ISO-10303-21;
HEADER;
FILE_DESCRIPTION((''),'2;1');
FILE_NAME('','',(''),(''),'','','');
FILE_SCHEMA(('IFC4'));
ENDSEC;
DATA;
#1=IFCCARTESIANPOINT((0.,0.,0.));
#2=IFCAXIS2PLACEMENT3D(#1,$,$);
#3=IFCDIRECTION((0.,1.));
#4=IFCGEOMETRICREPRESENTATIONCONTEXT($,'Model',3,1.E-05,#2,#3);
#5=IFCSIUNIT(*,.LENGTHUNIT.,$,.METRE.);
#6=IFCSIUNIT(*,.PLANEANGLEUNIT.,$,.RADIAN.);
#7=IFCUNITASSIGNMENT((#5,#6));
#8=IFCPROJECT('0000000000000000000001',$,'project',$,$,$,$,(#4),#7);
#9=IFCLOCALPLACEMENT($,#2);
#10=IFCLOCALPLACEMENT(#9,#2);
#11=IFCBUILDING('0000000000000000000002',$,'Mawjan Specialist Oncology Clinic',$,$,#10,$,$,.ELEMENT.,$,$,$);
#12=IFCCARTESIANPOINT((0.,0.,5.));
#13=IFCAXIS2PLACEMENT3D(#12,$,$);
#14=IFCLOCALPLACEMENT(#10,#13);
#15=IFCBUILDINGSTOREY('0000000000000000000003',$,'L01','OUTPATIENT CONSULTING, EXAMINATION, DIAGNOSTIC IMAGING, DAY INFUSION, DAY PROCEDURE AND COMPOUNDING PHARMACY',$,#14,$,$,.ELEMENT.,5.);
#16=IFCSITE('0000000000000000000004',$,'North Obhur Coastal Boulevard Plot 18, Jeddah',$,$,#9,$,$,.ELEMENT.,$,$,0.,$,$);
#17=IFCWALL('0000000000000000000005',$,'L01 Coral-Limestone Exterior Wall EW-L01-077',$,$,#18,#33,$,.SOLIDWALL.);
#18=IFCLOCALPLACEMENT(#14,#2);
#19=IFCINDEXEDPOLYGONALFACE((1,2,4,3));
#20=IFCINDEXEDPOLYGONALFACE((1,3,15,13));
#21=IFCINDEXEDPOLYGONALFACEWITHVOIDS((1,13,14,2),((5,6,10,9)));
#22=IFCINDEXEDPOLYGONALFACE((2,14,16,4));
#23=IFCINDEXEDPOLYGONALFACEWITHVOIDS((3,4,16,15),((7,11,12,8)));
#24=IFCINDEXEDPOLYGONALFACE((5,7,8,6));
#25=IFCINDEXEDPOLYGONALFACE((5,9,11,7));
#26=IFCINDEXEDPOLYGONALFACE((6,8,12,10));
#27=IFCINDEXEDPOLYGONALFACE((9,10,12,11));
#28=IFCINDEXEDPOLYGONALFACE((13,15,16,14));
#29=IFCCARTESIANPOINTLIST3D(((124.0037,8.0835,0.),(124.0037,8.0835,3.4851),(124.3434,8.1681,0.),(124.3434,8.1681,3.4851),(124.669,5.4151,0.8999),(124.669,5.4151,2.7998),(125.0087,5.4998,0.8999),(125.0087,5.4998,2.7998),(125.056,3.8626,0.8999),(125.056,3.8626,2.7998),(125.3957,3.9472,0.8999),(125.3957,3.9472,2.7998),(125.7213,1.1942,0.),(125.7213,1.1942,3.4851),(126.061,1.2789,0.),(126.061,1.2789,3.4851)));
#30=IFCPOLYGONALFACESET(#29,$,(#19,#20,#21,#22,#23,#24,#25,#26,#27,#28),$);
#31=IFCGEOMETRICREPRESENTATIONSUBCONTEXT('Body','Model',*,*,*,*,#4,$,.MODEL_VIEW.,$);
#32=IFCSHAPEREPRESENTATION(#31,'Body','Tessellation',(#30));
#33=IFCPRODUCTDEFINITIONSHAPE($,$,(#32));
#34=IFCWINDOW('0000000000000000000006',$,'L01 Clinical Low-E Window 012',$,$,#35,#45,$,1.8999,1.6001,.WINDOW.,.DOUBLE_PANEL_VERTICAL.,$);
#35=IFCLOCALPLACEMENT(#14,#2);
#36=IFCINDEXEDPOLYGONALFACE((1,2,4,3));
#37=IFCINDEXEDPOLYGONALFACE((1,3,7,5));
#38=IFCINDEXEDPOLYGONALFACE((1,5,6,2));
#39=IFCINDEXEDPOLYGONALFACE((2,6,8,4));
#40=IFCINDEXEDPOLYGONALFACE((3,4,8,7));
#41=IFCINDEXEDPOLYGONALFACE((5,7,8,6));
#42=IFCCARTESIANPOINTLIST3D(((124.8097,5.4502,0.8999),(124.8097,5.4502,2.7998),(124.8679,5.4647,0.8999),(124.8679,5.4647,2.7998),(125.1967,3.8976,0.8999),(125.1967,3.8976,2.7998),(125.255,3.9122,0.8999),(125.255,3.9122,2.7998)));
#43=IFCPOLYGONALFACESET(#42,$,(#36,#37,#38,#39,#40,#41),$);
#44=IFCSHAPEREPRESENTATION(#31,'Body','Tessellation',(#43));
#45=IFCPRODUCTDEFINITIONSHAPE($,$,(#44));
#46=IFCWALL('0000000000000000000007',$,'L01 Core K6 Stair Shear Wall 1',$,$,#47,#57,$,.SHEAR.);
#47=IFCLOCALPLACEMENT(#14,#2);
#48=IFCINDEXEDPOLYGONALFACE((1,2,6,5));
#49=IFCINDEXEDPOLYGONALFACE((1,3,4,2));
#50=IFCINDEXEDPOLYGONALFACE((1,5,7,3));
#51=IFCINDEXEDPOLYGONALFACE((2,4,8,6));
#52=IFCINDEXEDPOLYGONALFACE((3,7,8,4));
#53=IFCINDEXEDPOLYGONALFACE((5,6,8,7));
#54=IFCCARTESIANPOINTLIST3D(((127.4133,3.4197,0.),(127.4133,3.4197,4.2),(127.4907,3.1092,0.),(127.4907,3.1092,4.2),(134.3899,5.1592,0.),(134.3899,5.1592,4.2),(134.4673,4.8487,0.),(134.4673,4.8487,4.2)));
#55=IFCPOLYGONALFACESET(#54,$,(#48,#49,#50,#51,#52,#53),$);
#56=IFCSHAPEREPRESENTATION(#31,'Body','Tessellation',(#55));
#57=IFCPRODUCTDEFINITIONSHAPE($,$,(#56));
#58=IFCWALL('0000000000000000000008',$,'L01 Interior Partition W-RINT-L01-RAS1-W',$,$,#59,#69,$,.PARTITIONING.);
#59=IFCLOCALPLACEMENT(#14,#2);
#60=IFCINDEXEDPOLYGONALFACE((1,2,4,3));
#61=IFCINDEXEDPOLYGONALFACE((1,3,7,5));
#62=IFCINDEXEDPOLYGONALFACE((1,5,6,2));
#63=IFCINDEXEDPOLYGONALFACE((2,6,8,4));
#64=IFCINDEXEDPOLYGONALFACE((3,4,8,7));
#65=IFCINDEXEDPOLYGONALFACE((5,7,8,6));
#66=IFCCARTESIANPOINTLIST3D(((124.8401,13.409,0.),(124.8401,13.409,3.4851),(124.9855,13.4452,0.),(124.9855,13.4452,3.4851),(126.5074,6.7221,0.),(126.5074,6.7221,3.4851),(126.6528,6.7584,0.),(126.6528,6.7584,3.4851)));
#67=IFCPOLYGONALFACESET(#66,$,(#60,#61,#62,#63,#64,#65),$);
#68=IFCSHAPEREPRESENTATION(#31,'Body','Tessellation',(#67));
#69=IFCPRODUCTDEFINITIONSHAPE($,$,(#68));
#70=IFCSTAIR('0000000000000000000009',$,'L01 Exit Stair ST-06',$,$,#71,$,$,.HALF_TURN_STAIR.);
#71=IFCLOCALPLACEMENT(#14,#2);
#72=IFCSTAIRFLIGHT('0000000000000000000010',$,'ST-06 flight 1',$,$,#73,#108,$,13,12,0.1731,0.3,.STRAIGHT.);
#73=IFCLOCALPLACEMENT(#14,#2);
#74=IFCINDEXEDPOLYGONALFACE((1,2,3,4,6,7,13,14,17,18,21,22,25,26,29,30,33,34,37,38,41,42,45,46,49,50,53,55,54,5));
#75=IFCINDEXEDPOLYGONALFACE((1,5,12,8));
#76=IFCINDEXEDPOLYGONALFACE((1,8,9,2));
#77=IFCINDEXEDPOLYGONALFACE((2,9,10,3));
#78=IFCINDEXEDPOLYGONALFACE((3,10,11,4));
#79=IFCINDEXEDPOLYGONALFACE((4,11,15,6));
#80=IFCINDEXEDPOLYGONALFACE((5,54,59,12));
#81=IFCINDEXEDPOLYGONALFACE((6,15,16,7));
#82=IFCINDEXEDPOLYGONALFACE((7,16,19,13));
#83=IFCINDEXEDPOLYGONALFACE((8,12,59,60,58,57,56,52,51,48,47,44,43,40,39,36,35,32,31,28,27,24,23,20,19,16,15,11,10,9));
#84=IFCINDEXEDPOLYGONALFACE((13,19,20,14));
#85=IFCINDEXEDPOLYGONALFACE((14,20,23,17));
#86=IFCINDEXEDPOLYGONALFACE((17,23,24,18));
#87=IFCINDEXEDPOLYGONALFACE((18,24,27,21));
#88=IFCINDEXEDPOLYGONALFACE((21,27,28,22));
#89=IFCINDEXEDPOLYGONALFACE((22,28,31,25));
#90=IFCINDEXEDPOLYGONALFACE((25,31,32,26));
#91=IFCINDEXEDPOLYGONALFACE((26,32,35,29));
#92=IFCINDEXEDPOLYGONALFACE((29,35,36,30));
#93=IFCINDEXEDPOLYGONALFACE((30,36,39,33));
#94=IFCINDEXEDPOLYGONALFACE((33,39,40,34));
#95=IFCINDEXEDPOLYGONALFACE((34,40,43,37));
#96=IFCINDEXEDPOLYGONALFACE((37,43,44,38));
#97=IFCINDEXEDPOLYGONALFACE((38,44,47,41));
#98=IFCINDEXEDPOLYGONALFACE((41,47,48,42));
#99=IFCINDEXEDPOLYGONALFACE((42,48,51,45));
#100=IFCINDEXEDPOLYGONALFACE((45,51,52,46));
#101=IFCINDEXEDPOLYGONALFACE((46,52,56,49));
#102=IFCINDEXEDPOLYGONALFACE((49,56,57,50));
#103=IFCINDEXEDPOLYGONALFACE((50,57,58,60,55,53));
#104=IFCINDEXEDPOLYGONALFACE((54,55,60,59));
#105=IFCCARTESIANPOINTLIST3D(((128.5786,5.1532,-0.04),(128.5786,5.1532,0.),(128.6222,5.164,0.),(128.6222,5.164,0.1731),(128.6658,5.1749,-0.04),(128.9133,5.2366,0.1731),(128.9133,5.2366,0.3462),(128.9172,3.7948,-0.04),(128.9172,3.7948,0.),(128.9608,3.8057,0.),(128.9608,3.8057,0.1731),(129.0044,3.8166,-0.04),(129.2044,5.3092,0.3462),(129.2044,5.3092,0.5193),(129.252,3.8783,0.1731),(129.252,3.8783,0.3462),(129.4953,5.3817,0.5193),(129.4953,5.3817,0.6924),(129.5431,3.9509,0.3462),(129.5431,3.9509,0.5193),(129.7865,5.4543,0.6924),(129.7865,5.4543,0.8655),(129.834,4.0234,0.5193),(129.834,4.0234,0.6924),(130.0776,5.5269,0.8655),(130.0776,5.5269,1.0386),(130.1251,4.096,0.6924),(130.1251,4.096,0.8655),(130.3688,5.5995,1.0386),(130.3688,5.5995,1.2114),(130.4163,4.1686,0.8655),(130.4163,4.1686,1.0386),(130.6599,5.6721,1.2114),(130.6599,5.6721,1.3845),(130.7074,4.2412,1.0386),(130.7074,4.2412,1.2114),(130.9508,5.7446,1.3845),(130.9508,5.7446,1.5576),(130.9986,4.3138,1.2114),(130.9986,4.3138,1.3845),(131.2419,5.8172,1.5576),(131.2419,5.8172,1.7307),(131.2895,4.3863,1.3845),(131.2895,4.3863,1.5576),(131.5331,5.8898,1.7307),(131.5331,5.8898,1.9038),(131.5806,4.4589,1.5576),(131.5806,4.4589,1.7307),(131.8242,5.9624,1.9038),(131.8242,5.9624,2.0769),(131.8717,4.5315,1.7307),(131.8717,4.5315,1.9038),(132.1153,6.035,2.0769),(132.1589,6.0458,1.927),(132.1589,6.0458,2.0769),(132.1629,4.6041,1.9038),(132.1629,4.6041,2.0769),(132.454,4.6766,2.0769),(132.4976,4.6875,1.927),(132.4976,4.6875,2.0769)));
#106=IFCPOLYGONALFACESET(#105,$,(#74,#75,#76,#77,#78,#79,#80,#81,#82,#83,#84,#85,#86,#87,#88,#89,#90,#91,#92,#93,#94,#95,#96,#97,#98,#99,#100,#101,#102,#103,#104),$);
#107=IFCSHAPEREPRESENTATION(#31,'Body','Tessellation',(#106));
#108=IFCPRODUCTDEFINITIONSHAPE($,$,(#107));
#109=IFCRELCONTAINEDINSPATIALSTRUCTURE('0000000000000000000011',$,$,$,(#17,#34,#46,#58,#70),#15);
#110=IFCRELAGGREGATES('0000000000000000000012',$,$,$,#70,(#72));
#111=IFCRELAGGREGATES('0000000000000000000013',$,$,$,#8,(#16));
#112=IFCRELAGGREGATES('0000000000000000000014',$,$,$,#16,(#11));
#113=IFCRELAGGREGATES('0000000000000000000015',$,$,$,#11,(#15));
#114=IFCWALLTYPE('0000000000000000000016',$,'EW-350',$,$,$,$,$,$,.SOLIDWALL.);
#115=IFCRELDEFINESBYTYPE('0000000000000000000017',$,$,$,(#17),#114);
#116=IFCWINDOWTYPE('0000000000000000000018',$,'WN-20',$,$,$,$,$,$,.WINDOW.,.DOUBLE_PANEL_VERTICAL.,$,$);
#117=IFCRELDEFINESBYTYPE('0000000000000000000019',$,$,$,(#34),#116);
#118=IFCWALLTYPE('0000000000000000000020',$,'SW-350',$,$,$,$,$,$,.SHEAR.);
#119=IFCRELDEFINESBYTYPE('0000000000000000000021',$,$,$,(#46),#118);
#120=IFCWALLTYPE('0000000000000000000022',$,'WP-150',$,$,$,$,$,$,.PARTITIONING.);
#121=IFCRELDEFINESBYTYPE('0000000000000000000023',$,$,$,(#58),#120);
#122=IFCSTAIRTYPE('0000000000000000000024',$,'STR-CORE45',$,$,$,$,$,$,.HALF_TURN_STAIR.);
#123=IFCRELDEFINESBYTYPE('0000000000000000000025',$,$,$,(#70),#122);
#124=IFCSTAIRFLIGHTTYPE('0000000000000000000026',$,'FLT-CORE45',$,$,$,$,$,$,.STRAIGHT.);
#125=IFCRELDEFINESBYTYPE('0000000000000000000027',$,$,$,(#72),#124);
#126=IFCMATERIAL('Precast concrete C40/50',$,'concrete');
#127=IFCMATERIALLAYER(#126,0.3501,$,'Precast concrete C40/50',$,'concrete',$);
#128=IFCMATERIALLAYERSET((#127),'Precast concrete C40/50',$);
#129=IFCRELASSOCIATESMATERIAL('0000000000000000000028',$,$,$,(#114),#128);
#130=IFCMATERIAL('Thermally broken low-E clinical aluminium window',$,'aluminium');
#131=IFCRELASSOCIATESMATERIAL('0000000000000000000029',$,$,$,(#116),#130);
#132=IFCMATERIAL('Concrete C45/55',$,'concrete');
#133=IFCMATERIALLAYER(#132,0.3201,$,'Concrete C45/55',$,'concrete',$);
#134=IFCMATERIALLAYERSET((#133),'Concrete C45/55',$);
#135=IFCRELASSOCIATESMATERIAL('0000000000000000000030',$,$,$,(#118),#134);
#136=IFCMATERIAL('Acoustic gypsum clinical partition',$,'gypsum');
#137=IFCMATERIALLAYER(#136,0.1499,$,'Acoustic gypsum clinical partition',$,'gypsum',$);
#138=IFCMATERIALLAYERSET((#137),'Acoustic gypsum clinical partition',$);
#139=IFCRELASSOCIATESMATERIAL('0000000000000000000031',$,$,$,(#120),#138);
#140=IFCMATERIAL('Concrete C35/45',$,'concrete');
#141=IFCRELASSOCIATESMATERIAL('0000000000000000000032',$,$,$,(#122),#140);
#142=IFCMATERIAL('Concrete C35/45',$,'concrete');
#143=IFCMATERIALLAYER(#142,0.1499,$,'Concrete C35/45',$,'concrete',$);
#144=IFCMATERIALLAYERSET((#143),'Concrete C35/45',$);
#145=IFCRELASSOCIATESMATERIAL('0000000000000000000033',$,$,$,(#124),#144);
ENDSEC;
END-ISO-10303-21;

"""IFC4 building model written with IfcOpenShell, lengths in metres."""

from ifc_helpers import new_model, si_unit, direction, frame, frame_2d, origin, place, context, subcontext, project, spatial, polyline, rectangle, outline, extrude, material, layer, layer_set, type_object, element, fill, aggregate, save


model = new_model("IFC4")

# Units and contexts
model_context = context("Model", 3, precision=1e-05, world=origin(), true_north=direction((0.0, 1.0)))
body_context = subcontext(model_context, "Body", "Model", "MODEL_VIEW")
ifc_project = project(units=[si_unit("LENGTHUNIT", "METRE"), si_unit("PLANEANGLEUNIT", "RADIAN")], contexts=[model_context])

# Site, building, storey
site_placement = place(None, origin())
site = spatial("IfcSite", under=ifc_project, at=site_placement, Name="North Obhur Coastal Boulevard Plot 18, Jeddah", CompositionType="ELEMENT", RefElevation=0.0)
building_placement = place(site_placement, origin())
building = spatial("IfcBuilding", under=site, at=building_placement, Name="Mawjan Specialist Oncology Clinic", CompositionType="ELEMENT")
storey_placement = place(building_placement, frame((0.0, 0.0, 5.0)))
storey = spatial("IfcBuildingStorey", under=building, at=storey_placement, Name="L01", Description="OUTPATIENT CONSULTING, EXAMINATION, DIAGNOSTIC IMAGING, DAY INFUSION, DAY PROCEDURE AND COMPOUNDING PHARMACY", CompositionType="ELEMENT", Elevation=5.0)

# Wall, opening, window
ifc_material_1 = material(Name="Precast concrete C40/50", Category="concrete")
ifc_layer_1 = layer(ifc_material_1, 0.3501, Name="Precast concrete C40/50", Category="concrete")
ifc_layer_set_1 = layer_set([ifc_layer_1], Name="Precast concrete C40/50")
wall_type_1 = type_object("IfcWallType", Name="EW-350", PredefinedType="SOLIDWALL", material=ifc_layer_set_1)
wall_1_placement = place(storey_placement, frame((125.8911, 1.2366, 0.0), z_axis=(0.0, 0.0, 1.0), x_axis=(-0.241904, 0.9703, 0.0)))
wall_1 = element("IfcWall", 1, at=wall_1_placement, inside=storey, type_object=wall_type_1, Name="L01 Coral-Limestone Exterior Wall EW-L01-077", PredefinedType="SOLIDWALL", context=body_context, shape_type="SweptSolid", body=[
    extrude(rectangle(XDim=7.1001, YDim=0.3501, at=frame_2d((3.55, 0.0))), origin(), (0.0, 0.0, 1.0), 3.4851),
])
opening_1_placement = place(wall_1_placement, frame((2.75, 0.0, 0.8999)))
opening_1 = element("IfcOpeningElement", 2, at=opening_1_placement, cuts=wall_1, PredefinedType="OPENING", context=body_context, shape_type="SweptSolid", body=[
    extrude(rectangle(XDim=1.6001, YDim=1.8999, at=frame_2d((0.8, 0.95))), frame((0.0, 0.187, 0.0), z_axis=(0.0, -1.0, 0.0), x_axis=(1.0, 0.0, 0.0)), (0.0, 0.0, 1.0), 0.374),
])
ifc_material_2 = material(Name="Thermally broken low-E clinical aluminium window", Category="aluminium")
window_type = type_object("IfcWindowType", Name="WN-20", PartitioningType="DOUBLE_PANEL_VERTICAL", PredefinedType="WINDOW", material=ifc_material_2)
window_placement = place(opening_1_placement, origin())
window = element("IfcWindow", 3, at=window_placement, inside=storey, type_object=window_type, Name="L01 Clinical Low-E Window 012", OverallHeight=1.8999, OverallWidth=1.6001, PartitioningType="DOUBLE_PANEL_VERTICAL", PredefinedType="WINDOW", context=body_context, shape_type="SweptSolid", body=[
    extrude(rectangle(XDim=1.6001, YDim=1.8999, at=frame_2d((0.8, 0.95))), frame((0.0, 0.03, 0.0), z_axis=(0.0, -1.0, 0.0), x_axis=(1.0, 0.0, 0.0)), (0.0, 0.0, 1.0), 0.0601),
])
fill(opening_1, window)

# Wall
ifc_material_3 = material(Name="Concrete C45/55", Category="concrete")
ifc_layer_2 = layer(ifc_material_3, 0.3201, Name="Concrete C45/55", Category="concrete")
ifc_layer_set_2 = layer_set([ifc_layer_2], Name="Concrete C45/55")
wall_type_2 = type_object("IfcWallType", Name="SW-350", PredefinedType="SHEAR", material=ifc_layer_set_2)
wall_2_placement = place(storey_placement, frame((127.4519, 3.2644, 0.0), z_axis=(0.0, 0.0, 1.0), x_axis=(0.970294, 0.241928, 0.0)))
element("IfcWall", 4, at=wall_2_placement, inside=storey, type_object=wall_type_2, Name="L01 Core K6 Stair Shear Wall 1", PredefinedType="SHEAR", context=body_context, shape_type="SweptSolid", body=[
    extrude(rectangle(XDim=7.1902, YDim=0.3201, at=frame_2d((3.5952, 0.0))), origin(), (0.0, 0.0, 1.0), 4.2),
])

# Wall
ifc_material_4 = material(Name="Acoustic gypsum clinical partition", Category="gypsum")
ifc_layer_3 = layer(ifc_material_4, 0.1499, Name="Acoustic gypsum clinical partition", Category="gypsum")
ifc_layer_set_3 = layer_set([ifc_layer_3], Name="Acoustic gypsum clinical partition")
wall_type_3 = type_object("IfcWallType", Name="WP-150", PredefinedType="PARTITIONING", material=ifc_layer_set_3)
wall_3_placement = place(storey_placement, frame((126.5801, 6.7402, 0.0), z_axis=(0.0, 0.0, 1.0), x_axis=(-0.241927, 0.970294, 0.0)))
element("IfcWall", 5, at=wall_3_placement, inside=storey, type_object=wall_type_3, Name="L01 Interior Partition W-RINT-L01-RAS1-W", PredefinedType="PARTITIONING", context=body_context, shape_type="SweptSolid", body=[
    extrude(rectangle(XDim=6.8916, YDim=0.1499, at=frame_2d((3.4458, 0.0))), origin(), (0.0, 0.0, 1.0), 3.4851),
])

# Stair, stair flight
ifc_material_5 = material(Name="Concrete C35/45", Category="concrete")
stair_type = type_object("IfcStairType", Name="STR-CORE45", PredefinedType="HALF_TURN_STAIR", material=ifc_material_5)
stair_placement = place(storey_placement, origin())
stair = element("IfcStair", 6, at=stair_placement, inside=storey, type_object=stair_type, Name="L01 Exit Stair ST-06", PredefinedType="HALF_TURN_STAIR")
ifc_material_6 = material(Name="Concrete C35/45", Category="concrete")
ifc_layer_4 = layer(ifc_material_6, 0.1499, Name="Concrete C35/45", Category="concrete")
ifc_layer_set_4 = layer_set([ifc_layer_4], Name="Concrete C35/45")
stair_flight_type = type_object("IfcStairFlightType", Name="FLT-CORE45", PredefinedType="STRAIGHT", material=ifc_layer_set_4)
stair_flight_placement = place(storey_placement, frame((128.7915, 4.4849, 0.0), z_axis=(0.0, 0.0, 1.0), x_axis=(0.970296, 0.241922, 0.0)))
stair_flight = element("IfcStairFlight", 7, at=stair_flight_placement, type_object=stair_flight_type, Name="ST-06 flight 1", NumberOfRisers=13, NumberOfTreads=12, PredefinedType="STRAIGHT", RiserHeight=0.1731, TreadLength=0.3, context=body_context, shape_type="SweptSolid", body=[
    extrude(outline(polyline([(-0.0449, -0.04), (-0.0449, 0.0), (0.0, 0.0), (0.0, 0.1731), (0.3, 0.1731), (0.3, 0.3462), (0.6001, 0.3462), (0.6001, 0.5193), (0.8999, 0.5193), (0.8999, 0.6924), (1.2, 0.6924), (1.2, 0.8655), (1.5, 0.8655), (1.5, 1.0386), (1.8, 1.0386), (1.8, 1.2114), (2.1001, 1.2114), (2.1001, 1.3845), (2.3999, 1.3845), (2.3999, 1.5576), (2.7, 1.5576), (2.7, 1.7307), (3.0, 1.7307), (3.0, 1.9038), (3.3, 1.9038), (3.3, 2.0769), (3.6001, 2.0769), (3.645, 2.0769), (3.645, 1.927), (0.0449, -0.04), (-0.0449, -0.04)])), frame((0.0, 0.7, 0.0), z_axis=(0.0, -1.0, 0.0), x_axis=(1.0, 0.0, 0.0)), (0.0, 0.0, 1.0), 1.3999),
])
aggregate(stair, [stair_flight])

save(model, "model.ifc")
